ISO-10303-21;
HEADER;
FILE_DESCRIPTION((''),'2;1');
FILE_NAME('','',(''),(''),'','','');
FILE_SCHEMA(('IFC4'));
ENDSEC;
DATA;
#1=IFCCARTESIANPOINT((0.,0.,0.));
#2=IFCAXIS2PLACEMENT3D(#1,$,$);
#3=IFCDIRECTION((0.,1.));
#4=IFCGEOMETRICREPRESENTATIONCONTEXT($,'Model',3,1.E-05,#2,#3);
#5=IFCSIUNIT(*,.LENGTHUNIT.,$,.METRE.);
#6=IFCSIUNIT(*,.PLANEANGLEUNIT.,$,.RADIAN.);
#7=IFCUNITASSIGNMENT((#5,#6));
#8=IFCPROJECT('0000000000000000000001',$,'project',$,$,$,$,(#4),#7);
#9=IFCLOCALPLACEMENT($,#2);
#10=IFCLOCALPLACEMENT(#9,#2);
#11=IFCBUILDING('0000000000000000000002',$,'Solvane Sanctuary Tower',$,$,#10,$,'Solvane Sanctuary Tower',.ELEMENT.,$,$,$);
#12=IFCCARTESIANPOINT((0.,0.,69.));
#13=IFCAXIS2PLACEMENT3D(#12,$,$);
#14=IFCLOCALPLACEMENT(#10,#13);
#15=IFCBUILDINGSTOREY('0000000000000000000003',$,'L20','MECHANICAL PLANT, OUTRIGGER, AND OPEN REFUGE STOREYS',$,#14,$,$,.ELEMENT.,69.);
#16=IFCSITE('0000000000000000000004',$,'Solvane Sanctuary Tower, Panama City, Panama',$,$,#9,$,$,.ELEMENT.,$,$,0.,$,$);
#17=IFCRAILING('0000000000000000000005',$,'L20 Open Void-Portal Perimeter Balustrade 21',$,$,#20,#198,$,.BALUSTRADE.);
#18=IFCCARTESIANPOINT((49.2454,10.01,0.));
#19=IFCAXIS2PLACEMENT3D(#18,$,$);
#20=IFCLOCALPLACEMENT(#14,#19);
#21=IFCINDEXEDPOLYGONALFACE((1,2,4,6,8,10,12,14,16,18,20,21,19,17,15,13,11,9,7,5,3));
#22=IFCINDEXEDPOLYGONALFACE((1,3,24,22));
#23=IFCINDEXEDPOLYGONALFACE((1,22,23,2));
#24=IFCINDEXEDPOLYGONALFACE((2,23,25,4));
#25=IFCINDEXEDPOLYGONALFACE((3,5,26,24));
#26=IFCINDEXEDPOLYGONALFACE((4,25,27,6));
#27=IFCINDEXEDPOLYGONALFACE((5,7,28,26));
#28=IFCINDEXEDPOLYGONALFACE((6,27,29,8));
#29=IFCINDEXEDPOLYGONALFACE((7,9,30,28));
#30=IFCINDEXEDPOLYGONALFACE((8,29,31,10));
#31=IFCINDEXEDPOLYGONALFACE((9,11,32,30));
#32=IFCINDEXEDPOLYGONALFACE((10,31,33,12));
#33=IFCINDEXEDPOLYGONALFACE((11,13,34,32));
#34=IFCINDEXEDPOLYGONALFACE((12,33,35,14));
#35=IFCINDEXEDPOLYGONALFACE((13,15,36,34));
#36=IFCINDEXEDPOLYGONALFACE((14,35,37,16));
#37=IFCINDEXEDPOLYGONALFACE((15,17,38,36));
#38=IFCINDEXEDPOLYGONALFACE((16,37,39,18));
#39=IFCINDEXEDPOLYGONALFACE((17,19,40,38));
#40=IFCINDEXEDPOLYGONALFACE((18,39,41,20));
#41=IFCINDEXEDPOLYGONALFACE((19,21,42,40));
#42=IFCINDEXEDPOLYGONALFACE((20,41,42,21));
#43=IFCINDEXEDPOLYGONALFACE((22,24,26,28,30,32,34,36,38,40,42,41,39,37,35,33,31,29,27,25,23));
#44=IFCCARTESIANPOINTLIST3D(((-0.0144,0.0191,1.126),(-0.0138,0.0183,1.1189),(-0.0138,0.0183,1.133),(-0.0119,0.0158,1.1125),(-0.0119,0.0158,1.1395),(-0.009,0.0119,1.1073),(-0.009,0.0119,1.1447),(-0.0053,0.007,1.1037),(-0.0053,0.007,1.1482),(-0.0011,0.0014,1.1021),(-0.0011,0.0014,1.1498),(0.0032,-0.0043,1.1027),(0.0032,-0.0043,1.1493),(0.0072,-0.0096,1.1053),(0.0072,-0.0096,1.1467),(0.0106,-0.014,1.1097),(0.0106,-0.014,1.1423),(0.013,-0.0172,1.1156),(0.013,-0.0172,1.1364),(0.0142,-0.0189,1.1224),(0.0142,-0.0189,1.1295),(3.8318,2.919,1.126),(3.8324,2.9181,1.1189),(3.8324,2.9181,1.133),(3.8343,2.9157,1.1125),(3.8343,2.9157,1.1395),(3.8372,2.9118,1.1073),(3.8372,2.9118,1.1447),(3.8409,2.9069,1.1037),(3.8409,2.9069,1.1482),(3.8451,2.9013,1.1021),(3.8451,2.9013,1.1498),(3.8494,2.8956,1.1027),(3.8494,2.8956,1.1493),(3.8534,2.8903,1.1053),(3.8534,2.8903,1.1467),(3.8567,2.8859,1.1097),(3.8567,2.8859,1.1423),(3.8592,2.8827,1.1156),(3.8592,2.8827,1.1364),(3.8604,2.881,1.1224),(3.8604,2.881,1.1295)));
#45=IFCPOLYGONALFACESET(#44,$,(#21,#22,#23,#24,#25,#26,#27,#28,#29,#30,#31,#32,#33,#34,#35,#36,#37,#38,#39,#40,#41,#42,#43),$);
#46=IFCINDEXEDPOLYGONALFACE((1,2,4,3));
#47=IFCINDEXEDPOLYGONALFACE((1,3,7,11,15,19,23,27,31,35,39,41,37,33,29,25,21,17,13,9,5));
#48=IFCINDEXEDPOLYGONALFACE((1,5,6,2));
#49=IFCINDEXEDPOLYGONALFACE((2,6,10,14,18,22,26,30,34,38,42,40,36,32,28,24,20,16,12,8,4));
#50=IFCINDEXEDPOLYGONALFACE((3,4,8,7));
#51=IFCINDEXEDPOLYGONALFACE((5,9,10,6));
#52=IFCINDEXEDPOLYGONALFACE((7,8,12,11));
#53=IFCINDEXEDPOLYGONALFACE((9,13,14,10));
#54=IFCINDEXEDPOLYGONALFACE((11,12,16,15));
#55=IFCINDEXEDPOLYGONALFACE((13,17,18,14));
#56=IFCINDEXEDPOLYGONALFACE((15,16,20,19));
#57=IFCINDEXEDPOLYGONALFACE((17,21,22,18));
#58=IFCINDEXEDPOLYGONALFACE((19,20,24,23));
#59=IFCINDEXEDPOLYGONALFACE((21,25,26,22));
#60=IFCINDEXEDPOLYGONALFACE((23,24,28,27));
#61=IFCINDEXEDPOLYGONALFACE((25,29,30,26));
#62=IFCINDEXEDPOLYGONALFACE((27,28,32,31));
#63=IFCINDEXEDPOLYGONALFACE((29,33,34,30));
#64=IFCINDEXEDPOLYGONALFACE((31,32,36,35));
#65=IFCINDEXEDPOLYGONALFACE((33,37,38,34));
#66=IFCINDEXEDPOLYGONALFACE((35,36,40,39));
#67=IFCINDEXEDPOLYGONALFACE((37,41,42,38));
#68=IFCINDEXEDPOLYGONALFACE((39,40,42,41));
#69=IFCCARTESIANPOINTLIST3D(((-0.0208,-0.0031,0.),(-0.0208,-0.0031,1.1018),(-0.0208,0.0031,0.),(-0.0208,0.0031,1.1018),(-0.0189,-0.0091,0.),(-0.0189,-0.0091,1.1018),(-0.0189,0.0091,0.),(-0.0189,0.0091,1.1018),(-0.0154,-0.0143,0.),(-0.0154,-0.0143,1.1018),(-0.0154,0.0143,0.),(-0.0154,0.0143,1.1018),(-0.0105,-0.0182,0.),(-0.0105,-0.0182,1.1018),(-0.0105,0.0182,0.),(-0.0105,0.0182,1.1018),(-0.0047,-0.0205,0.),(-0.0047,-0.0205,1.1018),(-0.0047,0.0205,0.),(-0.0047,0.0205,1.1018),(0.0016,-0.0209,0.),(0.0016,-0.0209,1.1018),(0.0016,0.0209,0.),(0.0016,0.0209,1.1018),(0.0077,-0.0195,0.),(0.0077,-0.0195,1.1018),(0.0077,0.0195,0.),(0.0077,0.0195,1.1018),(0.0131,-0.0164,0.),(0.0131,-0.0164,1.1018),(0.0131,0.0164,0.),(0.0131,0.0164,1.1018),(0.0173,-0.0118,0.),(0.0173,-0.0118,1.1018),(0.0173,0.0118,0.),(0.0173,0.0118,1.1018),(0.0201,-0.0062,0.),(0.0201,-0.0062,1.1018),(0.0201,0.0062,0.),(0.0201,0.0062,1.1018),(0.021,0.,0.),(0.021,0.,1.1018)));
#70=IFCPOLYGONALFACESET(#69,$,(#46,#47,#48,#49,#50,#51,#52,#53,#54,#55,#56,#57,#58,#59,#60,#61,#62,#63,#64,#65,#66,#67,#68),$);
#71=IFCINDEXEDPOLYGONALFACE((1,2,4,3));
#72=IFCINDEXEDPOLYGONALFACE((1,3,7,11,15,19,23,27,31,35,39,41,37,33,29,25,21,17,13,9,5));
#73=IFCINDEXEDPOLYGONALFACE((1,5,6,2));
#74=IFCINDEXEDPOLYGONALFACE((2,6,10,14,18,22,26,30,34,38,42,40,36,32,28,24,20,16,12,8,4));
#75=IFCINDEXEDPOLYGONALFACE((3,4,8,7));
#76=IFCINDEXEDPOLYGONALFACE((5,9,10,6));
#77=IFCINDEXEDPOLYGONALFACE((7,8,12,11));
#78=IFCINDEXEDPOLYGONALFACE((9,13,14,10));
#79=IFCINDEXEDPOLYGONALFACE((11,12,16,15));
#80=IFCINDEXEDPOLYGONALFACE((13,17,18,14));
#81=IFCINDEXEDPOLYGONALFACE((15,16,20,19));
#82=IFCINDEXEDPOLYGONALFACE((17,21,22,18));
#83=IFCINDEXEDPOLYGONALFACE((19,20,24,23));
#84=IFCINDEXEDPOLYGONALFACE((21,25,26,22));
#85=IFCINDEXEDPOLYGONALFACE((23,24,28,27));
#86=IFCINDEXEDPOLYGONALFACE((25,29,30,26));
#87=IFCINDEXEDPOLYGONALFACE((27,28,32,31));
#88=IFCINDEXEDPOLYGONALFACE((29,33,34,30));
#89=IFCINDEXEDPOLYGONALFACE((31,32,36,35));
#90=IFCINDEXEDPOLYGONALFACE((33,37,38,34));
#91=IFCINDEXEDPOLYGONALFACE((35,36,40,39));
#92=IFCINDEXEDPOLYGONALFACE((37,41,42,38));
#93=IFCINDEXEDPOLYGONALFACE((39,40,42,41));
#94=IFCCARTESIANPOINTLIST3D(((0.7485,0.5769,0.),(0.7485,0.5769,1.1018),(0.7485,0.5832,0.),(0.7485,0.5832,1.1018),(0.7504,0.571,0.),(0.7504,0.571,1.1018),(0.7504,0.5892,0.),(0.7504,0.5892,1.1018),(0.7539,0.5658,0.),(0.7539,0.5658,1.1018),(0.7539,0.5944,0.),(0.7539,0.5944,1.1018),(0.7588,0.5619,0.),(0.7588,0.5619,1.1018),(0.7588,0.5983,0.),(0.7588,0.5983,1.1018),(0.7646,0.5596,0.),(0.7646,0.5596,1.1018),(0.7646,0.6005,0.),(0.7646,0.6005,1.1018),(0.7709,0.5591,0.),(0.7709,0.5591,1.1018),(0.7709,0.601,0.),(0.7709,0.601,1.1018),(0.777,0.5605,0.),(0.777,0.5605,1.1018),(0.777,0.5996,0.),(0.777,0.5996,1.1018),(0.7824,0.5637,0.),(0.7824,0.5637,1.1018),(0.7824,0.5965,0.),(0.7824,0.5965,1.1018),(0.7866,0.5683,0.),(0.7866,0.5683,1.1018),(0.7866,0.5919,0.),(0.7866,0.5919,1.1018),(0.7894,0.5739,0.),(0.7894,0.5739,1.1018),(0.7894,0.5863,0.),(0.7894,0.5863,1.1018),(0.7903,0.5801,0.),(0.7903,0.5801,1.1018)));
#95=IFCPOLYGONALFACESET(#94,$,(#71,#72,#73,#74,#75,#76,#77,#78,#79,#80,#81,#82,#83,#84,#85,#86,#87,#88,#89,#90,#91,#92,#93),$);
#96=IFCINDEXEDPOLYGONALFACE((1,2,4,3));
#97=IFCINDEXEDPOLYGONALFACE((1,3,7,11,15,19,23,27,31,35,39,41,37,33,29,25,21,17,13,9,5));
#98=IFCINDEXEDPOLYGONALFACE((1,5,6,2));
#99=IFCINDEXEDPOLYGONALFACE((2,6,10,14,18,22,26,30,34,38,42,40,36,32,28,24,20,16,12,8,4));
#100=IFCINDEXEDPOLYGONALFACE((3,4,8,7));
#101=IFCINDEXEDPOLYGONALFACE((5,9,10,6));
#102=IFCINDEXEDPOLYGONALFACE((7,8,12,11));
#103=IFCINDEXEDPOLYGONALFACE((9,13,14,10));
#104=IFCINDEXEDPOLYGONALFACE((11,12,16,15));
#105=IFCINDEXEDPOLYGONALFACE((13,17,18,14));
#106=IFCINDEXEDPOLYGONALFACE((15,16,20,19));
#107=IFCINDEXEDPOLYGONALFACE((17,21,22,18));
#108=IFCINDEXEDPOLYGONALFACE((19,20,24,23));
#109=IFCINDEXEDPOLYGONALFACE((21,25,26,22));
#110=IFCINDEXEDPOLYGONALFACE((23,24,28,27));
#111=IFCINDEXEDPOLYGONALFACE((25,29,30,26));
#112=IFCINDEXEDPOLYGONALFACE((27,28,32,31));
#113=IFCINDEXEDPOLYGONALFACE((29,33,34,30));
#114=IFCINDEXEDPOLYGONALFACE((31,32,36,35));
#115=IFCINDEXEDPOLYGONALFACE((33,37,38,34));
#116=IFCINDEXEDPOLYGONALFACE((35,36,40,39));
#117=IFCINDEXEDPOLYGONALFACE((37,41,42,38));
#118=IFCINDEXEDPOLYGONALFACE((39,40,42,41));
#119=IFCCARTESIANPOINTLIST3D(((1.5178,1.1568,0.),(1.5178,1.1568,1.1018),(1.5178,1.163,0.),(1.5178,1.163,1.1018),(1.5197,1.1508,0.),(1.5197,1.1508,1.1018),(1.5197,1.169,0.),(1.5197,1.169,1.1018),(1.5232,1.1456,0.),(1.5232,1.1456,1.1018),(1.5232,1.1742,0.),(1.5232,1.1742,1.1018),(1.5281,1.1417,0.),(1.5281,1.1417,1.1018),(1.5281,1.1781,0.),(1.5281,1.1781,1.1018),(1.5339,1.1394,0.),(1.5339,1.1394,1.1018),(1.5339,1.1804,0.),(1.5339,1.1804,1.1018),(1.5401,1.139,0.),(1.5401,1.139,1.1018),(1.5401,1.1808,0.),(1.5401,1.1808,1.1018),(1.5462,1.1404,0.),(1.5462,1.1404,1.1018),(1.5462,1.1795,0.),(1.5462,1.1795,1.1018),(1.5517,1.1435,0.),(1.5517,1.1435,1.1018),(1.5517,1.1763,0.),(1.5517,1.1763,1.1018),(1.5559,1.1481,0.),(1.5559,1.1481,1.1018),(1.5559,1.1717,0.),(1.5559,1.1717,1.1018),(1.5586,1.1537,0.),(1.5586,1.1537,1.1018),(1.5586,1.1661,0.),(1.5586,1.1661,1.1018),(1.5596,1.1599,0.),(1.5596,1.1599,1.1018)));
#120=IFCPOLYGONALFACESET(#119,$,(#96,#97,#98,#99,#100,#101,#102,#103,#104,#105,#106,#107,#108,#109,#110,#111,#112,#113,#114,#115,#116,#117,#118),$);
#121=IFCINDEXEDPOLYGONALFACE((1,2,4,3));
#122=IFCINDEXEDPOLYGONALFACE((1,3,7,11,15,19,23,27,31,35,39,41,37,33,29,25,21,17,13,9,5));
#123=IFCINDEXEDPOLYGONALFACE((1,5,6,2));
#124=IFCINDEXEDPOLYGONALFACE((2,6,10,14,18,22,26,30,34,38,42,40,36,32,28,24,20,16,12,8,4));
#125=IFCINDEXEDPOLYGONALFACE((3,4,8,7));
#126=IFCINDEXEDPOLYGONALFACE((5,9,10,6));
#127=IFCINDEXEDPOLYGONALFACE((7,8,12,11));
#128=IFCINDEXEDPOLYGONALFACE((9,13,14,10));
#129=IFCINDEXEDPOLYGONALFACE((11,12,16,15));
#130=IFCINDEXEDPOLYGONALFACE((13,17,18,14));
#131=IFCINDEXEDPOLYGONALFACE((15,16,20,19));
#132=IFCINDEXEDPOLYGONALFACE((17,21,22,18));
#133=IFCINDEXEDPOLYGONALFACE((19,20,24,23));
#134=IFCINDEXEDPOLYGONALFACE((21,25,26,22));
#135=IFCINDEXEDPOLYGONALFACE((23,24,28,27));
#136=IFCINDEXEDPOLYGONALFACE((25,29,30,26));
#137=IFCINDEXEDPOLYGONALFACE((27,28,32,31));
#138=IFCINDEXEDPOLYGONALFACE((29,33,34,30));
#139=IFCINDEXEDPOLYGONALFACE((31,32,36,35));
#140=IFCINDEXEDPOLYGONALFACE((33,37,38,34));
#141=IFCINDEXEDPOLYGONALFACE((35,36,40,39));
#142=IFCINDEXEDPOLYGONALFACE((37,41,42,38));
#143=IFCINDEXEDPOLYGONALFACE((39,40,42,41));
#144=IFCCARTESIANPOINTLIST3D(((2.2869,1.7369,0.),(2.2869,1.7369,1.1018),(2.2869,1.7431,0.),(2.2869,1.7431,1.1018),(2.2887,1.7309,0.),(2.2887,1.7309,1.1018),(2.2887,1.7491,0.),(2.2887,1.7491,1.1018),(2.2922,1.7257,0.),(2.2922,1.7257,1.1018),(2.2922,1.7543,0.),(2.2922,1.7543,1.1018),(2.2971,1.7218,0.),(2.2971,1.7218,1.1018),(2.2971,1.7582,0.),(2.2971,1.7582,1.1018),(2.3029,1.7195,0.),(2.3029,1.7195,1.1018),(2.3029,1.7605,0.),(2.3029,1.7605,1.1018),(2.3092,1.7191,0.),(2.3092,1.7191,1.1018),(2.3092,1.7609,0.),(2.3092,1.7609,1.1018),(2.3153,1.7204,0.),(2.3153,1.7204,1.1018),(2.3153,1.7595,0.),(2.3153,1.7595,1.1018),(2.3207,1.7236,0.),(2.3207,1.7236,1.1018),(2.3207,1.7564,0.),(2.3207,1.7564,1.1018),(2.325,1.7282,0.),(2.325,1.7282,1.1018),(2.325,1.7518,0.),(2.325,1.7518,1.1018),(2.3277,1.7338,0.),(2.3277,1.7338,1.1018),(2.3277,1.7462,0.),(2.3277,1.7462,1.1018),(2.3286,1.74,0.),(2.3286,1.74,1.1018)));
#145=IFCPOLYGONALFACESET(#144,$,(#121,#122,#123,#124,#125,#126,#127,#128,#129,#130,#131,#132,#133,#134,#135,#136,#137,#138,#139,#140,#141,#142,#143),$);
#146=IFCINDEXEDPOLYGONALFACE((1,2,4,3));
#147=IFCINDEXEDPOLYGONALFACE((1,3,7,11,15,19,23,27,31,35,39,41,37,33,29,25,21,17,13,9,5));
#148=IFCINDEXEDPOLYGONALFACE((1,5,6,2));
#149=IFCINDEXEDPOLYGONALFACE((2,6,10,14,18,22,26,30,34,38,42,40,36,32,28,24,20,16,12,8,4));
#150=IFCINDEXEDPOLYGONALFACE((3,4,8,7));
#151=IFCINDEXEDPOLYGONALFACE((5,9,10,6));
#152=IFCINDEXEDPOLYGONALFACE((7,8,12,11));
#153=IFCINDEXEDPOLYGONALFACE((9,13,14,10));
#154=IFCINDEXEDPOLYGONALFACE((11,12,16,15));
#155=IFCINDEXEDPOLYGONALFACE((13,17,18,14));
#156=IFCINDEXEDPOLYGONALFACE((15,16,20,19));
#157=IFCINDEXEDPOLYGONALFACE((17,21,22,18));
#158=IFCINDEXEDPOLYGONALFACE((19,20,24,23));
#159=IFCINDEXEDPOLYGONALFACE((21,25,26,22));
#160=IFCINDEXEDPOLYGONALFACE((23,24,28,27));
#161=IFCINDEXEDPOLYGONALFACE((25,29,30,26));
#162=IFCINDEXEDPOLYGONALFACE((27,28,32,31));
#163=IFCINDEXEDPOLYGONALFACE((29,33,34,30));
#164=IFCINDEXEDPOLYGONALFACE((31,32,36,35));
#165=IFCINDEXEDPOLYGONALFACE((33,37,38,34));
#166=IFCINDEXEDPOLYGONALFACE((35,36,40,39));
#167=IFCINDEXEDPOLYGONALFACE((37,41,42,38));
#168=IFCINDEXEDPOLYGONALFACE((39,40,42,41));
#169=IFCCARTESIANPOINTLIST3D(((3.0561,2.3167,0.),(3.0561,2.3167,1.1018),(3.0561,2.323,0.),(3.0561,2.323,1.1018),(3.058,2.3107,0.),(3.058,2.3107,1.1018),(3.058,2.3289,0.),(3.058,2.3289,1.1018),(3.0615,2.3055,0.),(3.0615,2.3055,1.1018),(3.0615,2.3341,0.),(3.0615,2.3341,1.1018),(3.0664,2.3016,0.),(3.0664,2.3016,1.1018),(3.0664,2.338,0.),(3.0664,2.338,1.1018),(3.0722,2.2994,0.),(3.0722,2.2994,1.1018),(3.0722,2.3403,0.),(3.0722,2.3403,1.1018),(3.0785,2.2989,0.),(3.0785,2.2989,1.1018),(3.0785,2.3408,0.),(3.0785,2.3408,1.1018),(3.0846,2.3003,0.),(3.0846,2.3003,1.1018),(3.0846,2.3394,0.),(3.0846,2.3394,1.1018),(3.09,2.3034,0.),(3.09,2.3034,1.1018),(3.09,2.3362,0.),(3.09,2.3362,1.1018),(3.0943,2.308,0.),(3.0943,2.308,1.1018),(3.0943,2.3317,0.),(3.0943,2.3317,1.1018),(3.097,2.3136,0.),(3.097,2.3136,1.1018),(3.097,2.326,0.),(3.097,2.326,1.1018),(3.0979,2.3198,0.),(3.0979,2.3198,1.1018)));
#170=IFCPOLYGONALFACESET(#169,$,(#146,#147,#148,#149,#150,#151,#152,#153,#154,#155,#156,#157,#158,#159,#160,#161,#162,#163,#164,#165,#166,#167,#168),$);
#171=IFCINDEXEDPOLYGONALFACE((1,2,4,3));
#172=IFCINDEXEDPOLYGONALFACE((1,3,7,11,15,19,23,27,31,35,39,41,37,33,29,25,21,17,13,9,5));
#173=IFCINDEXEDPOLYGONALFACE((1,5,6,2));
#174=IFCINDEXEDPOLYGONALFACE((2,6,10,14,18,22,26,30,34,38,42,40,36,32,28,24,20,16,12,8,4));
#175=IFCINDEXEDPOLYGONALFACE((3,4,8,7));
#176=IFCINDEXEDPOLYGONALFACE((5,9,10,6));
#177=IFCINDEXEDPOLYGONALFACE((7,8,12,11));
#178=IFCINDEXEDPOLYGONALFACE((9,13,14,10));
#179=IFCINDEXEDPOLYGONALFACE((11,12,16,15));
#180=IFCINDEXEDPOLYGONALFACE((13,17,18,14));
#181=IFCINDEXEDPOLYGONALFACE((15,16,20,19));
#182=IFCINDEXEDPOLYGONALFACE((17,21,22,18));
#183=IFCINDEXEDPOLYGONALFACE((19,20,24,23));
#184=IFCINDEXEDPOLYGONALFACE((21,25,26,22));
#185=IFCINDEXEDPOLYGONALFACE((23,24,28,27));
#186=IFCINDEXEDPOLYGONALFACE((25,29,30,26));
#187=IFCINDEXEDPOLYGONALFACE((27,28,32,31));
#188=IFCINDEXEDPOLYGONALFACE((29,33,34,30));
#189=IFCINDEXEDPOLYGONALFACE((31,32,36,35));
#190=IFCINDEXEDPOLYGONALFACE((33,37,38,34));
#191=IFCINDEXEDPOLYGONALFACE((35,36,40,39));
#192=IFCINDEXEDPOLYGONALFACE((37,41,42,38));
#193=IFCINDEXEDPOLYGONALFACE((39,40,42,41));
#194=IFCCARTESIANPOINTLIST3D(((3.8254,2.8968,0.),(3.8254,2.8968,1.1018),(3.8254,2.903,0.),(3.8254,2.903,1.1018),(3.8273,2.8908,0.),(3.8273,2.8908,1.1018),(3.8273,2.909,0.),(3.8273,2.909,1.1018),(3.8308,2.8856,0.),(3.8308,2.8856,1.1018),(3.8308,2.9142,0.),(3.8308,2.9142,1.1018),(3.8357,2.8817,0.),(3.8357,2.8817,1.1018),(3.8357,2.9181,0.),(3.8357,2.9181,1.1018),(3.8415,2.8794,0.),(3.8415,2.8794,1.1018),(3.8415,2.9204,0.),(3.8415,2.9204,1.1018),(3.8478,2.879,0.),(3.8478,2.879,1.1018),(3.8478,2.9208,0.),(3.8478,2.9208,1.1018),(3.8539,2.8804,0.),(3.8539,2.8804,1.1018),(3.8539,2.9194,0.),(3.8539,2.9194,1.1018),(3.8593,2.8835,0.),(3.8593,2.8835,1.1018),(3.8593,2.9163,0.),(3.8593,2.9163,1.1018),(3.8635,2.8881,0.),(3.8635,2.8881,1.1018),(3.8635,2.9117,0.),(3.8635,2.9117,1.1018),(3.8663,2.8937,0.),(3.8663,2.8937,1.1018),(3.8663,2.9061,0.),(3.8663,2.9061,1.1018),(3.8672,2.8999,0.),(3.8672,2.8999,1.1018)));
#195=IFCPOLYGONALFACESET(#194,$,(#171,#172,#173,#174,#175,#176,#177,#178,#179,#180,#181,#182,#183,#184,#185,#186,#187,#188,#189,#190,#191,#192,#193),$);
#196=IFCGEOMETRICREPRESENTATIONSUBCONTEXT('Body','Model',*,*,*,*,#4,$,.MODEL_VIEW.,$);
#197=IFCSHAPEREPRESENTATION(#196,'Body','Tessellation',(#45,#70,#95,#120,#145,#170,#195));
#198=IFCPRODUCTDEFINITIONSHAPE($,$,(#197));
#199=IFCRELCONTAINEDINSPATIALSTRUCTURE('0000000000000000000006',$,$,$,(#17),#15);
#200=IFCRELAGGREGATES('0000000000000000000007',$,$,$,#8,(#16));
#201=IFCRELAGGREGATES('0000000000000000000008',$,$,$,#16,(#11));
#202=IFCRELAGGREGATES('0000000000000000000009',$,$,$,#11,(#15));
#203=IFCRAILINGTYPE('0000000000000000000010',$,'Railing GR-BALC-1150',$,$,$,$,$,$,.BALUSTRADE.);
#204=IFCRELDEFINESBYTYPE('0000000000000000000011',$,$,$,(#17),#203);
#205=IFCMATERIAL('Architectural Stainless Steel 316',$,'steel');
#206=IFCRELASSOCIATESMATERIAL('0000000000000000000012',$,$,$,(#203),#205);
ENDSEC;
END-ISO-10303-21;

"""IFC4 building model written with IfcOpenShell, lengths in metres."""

from ifc_helpers import new_model, si_unit, direction, frame, origin, origin_2d, place, context, subcontext, project, spatial, circle, extrude, material, type_object, element, save


model = new_model("IFC4")

# Units and contexts
model_context = context("Model", 3, precision=1e-05, world=origin(), true_north=direction((0.0, 1.0)))
body_context = subcontext(model_context, "Body", "Model", "MODEL_VIEW")
ifc_project = project(units=[si_unit("LENGTHUNIT", "METRE"), si_unit("PLANEANGLEUNIT", "RADIAN")], contexts=[model_context])

# Site, building, storey
site_placement = place(None, origin())
site = spatial("IfcSite", under=ifc_project, at=site_placement, Name="Solvane Sanctuary Tower, Panama City, Panama", CompositionType="ELEMENT", RefElevation=0.0)
building_placement = place(site_placement, origin())
building = spatial("IfcBuilding", under=site, at=building_placement, Name="Solvane Sanctuary Tower", LongName="Solvane Sanctuary Tower", CompositionType="ELEMENT")
storey_placement = place(building_placement, frame((0.0, 0.0, 69.0)))
storey = spatial("IfcBuildingStorey", under=building, at=storey_placement, Name="L20", Description="MECHANICAL PLANT, OUTRIGGER, AND OPEN REFUGE STOREYS", CompositionType="ELEMENT", Elevation=69.0)

# Shared definitions
ifc_material_1 = material(Name="Architectural Stainless Steel 316", Category="steel")

# Railing
railing_type_1 = type_object("IfcRailingType", Name="Railing GR-BALC-1150", PredefinedType="BALUSTRADE", material=ifc_material_1)
railing_1_placement = place(storey_placement, frame((49.2454, 10.01, 0.0)))
element("IfcRailing", 1, at=railing_1_placement, inside=storey, type_object=railing_type_1, Name="L20 Open Void-Portal Perimeter Balustrade 21", PredefinedType="BALUSTRADE", context=body_context, shape_type="SweptSolid", body=[
    extrude(circle(Radius=0.0239, at=origin_2d()), frame((0.0, 0.0, 1.126), z_axis=(0.798477, 0.602025, 0.0), x_axis=(-0.602025, 0.798477, 0.0)), (0.0, 0.0, 1.0), 4.8169),
    extrude(circle(Radius=0.021, at=origin_2d()), origin(), (0.0, 0.0, 1.0), 1.1018),
    extrude(circle(Radius=0.021, at=origin_2d()), frame((0.7693, 0.5801, 0.0)), (0.0, 0.0, 1.0), 1.1018),
    extrude(circle(Radius=0.021, at=origin_2d()), frame((1.5386, 1.1599, 0.0)), (0.0, 0.0, 1.0), 1.1018),
    extrude(circle(Radius=0.021, at=origin_2d()), frame((2.3076, 1.74, 0.0)), (0.0, 0.0, 1.0), 1.1018),
    extrude(circle(Radius=0.021, at=origin_2d()), frame((3.0769, 2.3198, 0.0)), (0.0, 0.0, 1.0), 1.1018),
    extrude(circle(Radius=0.021, at=origin_2d()), frame((3.8462, 2.8999, 0.0)), (0.0, 0.0, 1.0), 1.1018),
])

save(model, "model.ifc")
